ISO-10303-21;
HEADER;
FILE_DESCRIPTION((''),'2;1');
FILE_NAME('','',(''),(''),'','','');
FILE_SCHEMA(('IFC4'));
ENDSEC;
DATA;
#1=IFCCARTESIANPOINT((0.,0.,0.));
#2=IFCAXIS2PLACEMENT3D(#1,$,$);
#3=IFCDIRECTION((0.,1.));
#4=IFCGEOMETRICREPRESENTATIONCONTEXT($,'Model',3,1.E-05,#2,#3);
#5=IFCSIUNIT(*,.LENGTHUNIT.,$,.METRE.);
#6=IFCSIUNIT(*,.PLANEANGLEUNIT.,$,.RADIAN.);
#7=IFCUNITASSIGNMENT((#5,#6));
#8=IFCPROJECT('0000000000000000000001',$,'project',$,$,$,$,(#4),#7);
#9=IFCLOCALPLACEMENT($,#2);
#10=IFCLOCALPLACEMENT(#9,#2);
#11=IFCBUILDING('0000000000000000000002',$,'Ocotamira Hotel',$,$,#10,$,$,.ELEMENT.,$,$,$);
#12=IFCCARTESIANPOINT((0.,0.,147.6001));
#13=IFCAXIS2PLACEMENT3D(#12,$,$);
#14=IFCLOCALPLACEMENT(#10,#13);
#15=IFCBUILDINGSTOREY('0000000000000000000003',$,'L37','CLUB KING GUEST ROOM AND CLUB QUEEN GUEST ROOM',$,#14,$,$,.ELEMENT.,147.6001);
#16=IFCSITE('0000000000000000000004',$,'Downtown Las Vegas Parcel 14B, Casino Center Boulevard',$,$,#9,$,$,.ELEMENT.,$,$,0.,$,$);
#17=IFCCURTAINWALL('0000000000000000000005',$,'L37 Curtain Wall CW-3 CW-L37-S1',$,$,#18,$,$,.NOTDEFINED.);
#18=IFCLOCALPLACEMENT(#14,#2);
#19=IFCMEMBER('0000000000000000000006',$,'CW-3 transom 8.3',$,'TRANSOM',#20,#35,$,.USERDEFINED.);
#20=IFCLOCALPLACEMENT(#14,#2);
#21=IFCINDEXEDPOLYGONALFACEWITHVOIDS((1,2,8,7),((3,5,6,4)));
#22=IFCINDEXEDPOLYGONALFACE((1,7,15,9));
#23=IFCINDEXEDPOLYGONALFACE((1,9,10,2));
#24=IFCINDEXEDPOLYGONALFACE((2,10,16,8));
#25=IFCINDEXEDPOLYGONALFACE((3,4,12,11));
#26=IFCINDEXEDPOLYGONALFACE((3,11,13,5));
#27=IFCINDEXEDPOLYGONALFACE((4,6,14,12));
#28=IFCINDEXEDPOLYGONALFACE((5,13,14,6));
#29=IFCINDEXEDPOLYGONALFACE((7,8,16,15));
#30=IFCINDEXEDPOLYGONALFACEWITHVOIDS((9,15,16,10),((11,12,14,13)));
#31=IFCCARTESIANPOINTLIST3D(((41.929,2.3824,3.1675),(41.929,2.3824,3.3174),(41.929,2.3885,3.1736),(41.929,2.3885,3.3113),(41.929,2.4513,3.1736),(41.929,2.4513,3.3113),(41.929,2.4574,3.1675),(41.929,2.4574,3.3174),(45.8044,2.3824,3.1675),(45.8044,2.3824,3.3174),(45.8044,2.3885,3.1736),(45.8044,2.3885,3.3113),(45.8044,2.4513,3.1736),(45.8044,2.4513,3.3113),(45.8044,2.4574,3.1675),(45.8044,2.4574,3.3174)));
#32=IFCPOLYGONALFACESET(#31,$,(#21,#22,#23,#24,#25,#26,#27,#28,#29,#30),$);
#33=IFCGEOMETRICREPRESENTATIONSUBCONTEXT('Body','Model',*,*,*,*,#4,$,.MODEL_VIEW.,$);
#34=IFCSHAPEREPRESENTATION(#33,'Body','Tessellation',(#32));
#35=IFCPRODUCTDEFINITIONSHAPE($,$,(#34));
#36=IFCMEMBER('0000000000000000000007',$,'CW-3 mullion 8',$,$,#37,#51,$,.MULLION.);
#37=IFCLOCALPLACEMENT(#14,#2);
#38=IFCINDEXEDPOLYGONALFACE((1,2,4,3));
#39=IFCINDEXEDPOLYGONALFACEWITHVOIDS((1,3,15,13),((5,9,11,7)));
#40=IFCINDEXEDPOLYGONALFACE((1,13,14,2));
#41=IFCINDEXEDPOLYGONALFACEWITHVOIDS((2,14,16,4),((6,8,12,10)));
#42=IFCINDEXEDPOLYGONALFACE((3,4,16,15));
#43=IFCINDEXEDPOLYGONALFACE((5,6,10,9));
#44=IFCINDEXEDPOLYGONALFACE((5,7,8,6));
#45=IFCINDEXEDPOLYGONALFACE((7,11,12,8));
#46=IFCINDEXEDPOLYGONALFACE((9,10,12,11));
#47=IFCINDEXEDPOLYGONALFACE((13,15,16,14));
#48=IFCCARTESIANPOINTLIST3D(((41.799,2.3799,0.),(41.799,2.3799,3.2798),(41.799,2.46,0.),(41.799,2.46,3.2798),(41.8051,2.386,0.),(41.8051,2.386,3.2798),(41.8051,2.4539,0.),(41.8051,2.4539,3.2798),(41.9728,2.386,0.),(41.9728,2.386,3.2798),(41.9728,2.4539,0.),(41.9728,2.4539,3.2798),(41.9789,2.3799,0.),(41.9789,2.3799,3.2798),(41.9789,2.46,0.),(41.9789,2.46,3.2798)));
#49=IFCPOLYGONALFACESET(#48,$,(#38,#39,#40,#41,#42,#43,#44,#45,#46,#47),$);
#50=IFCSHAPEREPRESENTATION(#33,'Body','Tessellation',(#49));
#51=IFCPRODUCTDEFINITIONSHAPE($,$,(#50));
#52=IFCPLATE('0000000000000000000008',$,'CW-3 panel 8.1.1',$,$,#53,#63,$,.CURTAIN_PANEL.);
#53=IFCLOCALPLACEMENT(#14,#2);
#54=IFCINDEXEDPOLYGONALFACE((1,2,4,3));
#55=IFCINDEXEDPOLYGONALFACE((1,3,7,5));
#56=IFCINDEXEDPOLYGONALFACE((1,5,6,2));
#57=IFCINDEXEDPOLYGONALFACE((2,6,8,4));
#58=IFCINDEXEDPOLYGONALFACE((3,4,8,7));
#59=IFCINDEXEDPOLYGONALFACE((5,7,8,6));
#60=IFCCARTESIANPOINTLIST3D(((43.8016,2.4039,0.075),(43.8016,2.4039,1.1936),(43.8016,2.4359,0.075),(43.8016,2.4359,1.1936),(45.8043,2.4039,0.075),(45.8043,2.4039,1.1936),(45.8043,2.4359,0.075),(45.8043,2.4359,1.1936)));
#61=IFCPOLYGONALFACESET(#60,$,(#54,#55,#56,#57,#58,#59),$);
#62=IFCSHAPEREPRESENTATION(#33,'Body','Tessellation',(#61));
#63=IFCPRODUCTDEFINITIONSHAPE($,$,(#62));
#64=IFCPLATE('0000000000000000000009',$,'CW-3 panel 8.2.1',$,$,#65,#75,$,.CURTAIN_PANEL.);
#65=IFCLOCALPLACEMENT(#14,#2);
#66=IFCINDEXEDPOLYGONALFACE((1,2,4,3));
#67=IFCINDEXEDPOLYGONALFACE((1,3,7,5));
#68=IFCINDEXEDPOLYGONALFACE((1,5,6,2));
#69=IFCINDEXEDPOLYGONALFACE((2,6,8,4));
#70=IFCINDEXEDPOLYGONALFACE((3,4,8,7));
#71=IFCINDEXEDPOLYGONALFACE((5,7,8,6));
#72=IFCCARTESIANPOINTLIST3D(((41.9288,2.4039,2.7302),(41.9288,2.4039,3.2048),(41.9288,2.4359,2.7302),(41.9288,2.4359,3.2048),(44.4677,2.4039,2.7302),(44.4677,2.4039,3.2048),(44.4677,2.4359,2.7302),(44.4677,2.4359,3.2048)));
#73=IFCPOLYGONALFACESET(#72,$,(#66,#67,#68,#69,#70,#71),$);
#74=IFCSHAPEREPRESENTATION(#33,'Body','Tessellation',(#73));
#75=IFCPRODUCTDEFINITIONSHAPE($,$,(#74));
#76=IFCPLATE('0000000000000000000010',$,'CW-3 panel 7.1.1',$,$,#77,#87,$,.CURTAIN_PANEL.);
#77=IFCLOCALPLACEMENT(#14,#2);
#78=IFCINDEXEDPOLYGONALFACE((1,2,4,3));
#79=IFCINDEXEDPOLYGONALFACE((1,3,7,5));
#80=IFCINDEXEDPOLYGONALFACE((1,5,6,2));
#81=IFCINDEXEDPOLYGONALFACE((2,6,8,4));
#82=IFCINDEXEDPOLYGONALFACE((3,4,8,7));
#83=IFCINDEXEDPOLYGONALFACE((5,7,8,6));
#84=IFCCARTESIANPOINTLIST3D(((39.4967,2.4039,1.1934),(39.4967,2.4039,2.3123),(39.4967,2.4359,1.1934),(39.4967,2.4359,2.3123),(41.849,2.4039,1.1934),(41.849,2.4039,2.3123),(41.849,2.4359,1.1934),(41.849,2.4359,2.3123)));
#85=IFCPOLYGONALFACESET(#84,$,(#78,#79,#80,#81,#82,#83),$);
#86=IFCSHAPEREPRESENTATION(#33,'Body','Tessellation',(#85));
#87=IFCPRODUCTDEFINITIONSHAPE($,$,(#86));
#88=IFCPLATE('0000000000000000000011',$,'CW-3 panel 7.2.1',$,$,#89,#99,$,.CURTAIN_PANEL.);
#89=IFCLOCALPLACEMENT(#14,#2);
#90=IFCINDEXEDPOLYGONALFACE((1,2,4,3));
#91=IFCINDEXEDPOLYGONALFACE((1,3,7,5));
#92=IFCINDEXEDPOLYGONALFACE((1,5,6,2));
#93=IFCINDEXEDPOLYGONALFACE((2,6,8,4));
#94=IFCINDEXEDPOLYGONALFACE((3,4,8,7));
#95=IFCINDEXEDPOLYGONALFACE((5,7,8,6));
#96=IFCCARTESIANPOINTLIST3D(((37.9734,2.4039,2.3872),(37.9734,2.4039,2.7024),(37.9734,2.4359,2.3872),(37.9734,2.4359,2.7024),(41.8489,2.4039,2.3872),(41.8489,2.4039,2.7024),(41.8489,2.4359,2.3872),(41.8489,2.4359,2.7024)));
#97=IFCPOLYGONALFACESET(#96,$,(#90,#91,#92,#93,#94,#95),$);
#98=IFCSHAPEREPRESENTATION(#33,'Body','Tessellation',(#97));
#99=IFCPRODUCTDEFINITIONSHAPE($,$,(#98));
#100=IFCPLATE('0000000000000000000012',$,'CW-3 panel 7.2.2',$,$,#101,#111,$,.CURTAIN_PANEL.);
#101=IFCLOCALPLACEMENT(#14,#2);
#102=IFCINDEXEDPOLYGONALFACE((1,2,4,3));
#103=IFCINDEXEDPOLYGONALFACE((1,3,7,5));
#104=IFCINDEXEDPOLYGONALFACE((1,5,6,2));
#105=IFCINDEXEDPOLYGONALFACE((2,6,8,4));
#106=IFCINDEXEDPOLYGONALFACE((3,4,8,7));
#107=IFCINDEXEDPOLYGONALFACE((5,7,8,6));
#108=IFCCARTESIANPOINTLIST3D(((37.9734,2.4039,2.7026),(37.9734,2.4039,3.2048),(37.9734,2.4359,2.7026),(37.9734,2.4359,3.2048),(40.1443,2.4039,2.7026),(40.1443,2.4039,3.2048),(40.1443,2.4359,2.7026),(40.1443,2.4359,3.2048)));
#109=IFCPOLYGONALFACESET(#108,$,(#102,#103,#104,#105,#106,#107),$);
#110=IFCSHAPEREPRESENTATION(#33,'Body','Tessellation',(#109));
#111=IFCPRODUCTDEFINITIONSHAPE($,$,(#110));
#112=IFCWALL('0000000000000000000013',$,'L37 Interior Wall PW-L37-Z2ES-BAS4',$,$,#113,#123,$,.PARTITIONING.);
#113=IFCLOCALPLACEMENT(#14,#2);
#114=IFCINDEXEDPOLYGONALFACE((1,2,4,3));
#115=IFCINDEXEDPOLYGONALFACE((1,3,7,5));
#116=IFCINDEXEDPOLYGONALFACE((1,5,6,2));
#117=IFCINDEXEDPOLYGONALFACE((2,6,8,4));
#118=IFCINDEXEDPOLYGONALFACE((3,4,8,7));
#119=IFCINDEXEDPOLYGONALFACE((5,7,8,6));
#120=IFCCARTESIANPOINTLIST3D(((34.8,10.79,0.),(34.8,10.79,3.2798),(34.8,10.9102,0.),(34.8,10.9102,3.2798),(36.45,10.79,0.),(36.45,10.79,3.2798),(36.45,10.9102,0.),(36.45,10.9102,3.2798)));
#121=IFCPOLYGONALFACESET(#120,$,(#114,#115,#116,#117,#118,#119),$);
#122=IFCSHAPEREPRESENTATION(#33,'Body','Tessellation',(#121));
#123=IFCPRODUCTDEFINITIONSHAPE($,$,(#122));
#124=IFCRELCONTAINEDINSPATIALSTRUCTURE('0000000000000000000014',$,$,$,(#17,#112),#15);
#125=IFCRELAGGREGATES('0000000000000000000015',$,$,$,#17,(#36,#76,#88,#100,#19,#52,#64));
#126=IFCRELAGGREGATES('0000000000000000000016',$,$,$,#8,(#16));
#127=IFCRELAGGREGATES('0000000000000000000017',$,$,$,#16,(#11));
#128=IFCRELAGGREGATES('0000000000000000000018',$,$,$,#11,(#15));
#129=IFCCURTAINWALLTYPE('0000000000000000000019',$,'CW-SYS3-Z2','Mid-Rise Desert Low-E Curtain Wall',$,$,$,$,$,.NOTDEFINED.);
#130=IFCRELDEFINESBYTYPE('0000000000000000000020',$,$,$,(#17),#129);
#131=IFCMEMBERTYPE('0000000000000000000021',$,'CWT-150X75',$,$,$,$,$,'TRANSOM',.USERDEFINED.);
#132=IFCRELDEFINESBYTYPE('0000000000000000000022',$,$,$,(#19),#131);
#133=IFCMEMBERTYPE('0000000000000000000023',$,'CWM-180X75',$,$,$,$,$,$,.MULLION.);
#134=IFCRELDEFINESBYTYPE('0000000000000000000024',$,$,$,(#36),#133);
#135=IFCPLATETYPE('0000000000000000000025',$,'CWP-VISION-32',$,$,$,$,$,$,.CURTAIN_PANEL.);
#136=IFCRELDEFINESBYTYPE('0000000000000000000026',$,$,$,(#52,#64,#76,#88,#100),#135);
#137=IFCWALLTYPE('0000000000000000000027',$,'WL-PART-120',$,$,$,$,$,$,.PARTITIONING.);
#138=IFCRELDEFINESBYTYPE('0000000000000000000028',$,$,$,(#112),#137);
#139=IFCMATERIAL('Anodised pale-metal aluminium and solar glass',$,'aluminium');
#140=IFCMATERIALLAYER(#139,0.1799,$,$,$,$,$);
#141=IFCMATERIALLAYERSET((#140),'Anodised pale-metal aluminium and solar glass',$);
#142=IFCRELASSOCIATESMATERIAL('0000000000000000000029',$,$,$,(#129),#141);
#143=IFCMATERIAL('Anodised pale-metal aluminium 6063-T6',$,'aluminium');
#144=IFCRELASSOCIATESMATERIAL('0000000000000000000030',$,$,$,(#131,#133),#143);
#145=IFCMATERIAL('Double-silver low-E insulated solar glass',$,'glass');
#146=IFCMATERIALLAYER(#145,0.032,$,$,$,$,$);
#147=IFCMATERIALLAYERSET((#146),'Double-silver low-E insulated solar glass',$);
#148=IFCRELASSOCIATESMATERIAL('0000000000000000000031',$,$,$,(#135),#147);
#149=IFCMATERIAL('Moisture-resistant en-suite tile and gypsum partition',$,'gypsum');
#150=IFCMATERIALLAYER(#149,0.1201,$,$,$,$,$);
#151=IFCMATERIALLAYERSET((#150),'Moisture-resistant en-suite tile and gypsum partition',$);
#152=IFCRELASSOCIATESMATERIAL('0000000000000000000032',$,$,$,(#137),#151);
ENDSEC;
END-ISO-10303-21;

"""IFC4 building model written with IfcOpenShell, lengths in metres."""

from ifc_helpers import new_model, si_unit, direction, frame, frame_2d, origin, origin_2d, place, context, subcontext, project, spatial, rectangle, hollow_rectangle, extrude, source, transform, mapped, material, layer, layer_set, material_profile, profile_set, type_object, element, aggregate, save


model = new_model("IFC4")

# Units and contexts
model_context = context("Model", 3, precision=1e-05, world=origin(), true_north=direction((0.0, 1.0)))
body_context = subcontext(model_context, "Body", "Model", "MODEL_VIEW")
ifc_project = project(units=[si_unit("LENGTHUNIT", "METRE"), si_unit("PLANEANGLEUNIT", "RADIAN")], contexts=[model_context])

# Site, building, storey
site_placement = place(None, origin())
site = spatial("IfcSite", under=ifc_project, at=site_placement, Name="Downtown Las Vegas Parcel 14B, Casino Center Boulevard", CompositionType="ELEMENT", RefElevation=0.0)
building_placement = place(site_placement, origin())
building = spatial("IfcBuilding", under=site, at=building_placement, Name="Ocotamira Hotel", CompositionType="ELEMENT")
storey_placement = place(building_placement, frame((0.0, 0.0, 147.6001)))
storey = spatial("IfcBuildingStorey", under=building, at=storey_placement, Name="L37", Description="CLUB KING GUEST ROOM AND CLUB QUEEN GUEST ROOM", CompositionType="ELEMENT", Elevation=147.6001)

# Curtain wall, members, plates
ifc_material_1 = material(Name="Anodised pale-metal aluminium and solar glass", Category="aluminium")
ifc_layer_1 = layer(ifc_material_1, 0.1799)
ifc_layer_set_1 = layer_set([ifc_layer_1], Name="Anodised pale-metal aluminium and solar glass")
curtain_wall_type = type_object("IfcCurtainWallType", Name="CW-SYS3-Z2", Description="Mid-Rise Desert Low-E Curtain Wall", PredefinedType="NOTDEFINED", material=ifc_layer_set_1)
curtain_wall_placement = place(storey_placement, origin())
curtain_wall = element("IfcCurtainWall", 1, at=curtain_wall_placement, inside=storey, type_object=curtain_wall_type, Name="L37 Curtain Wall CW-3 CW-L37-S1", PredefinedType="NOTDEFINED")
ifc_material_2 = material(Name="Anodised pale-metal aluminium 6063-T6", Category="aluminium")
ifc_material_profile_1 = material_profile(ifc_material_2, hollow_rectangle(XDim=0.075, YDim=0.1499, WallThickness=0.0061, at=origin_2d()), Name="HSS150X75X6")
ifc_profile_set_1 = profile_set([ifc_material_profile_1], Name="Anodised pale-metal aluminium 6063-T6")
member_type_1 = type_object("IfcMemberType", Name="CWT-150X75", ElementType="TRANSOM", PredefinedType="USERDEFINED", material=ifc_profile_set_1)
shared_shape_1 = source(origin(), body_context, "Body", "SweptSolid", [
    extrude(hollow_rectangle(XDim=0.075, YDim=0.1499, WallThickness=0.0061, at=origin_2d()), origin(), (0.0, 0.0, 1.0), 3.8755),
])
member_1_placement = place(storey_placement, frame((41.929, 2.4199, 3.2424), z_axis=(1.0, 0.0, 0.0), x_axis=(0.0, 1.0, 0.0)))
member_1 = element("IfcMember", 2, at=member_1_placement, type_object=member_type_1, Name="CW-3 transom 8.3", ObjectType="TRANSOM", PredefinedType="USERDEFINED", context=body_context, shape_type="MappedRepresentation", body=[
    mapped(shared_shape_1, transform((0.0, 0.0, 0.0), scale=1.0)),
])
ifc_material_profile_2 = material_profile(ifc_material_2, hollow_rectangle(XDim=0.0801, YDim=0.1799, WallThickness=0.0061, at=origin_2d()), Name="HSS180X80X6")
ifc_profile_set_2 = profile_set([ifc_material_profile_2], Name="Anodised pale-metal aluminium 6063-T6")
member_type_2 = type_object("IfcMemberType", Name="CWM-180X75", PredefinedType="MULLION", material=ifc_profile_set_2)
shared_shape_2 = source(origin(), body_context, "Body", "SweptSolid", [
    extrude(hollow_rectangle(XDim=0.0801, YDim=0.1799, WallThickness=0.0061, at=origin_2d()), origin(), (0.0, 0.0, 1.0), 3.2798),
])
member_2_placement = place(storey_placement, frame((41.8889, 2.4199, 0.0), z_axis=(0.0, 0.0, 1.0), x_axis=(0.0, 1.0, 0.0)))
member_2 = element("IfcMember", 3, at=member_2_placement, type_object=member_type_2, Name="CW-3 mullion 8", PredefinedType="MULLION", context=body_context, shape_type="MappedRepresentation", body=[
    mapped(shared_shape_2, transform((0.0, 0.0, 0.0), scale=1.0)),
])
ifc_material_3 = material(Name="Double-silver low-E insulated solar glass", Category="glass")
ifc_layer_2 = layer(ifc_material_3, 0.032)
ifc_layer_set_2 = layer_set([ifc_layer_2], Name="Double-silver low-E insulated solar glass")
plate_type = type_object("IfcPlateType", Name="CWP-VISION-32", PredefinedType="CURTAIN_PANEL", material=ifc_layer_set_2)
shared_shape_3 = source(origin(), body_context, "Body", "SweptSolid", [
    extrude(rectangle(XDim=2.0027, YDim=0.032, at=origin_2d()), origin(), (0.0, 0.0, 1.0), 1.1187),
])
plate_1_placement = place(storey_placement, frame((44.803, 2.4199, 0.075), z_axis=(0.0, 0.0, 1.0), x_axis=(1.0, 0.0, 0.0)))
plate_1 = element("IfcPlate", 4, at=plate_1_placement, type_object=plate_type, Name="CW-3 panel 8.1.1", PredefinedType="CURTAIN_PANEL", context=body_context, shape_type="MappedRepresentation", body=[
    mapped(shared_shape_3, transform((0.0, 0.0, 0.0), scale=1.0)),
])
shared_shape_4 = source(origin(), body_context, "Body", "SweptSolid", [
    extrude(rectangle(XDim=2.5388, YDim=0.032, at=origin_2d()), origin(), (0.0, 0.0, 1.0), 0.4746),
])
plate_2_placement = place(storey_placement, frame((43.1982, 2.4199, 2.7302), z_axis=(0.0, 0.0, 1.0), x_axis=(1.0, 0.0, 0.0)))
plate_2 = element("IfcPlate", 5, at=plate_2_placement, type_object=plate_type, Name="CW-3 panel 8.2.1", PredefinedType="CURTAIN_PANEL", context=body_context, shape_type="MappedRepresentation", body=[
    mapped(shared_shape_4, transform((0.0, 0.0, 0.0), scale=1.0)),
])
shared_shape_5 = source(origin(), body_context, "Body", "SweptSolid", [
    extrude(rectangle(XDim=2.3523, YDim=0.032, at=origin_2d()), origin(), (0.0, 0.0, 1.0), 1.1189),
])
plate_3_placement = place(storey_placement, frame((40.6729, 2.4199, 1.1934), z_axis=(0.0, 0.0, 1.0), x_axis=(1.0, 0.0, 0.0)))
plate_3 = element("IfcPlate", 6, at=plate_3_placement, type_object=plate_type, Name="CW-3 panel 7.1.1", PredefinedType="CURTAIN_PANEL", context=body_context, shape_type="MappedRepresentation", body=[
    mapped(shared_shape_5, transform((0.0, 0.0, 0.0), scale=1.0)),
])
shared_shape_6 = source(origin(), body_context, "Body", "SweptSolid", [
    extrude(rectangle(XDim=3.8755, YDim=0.032, at=origin_2d()), origin(), (0.0, 0.0, 1.0), 0.3152),
])
plate_4_placement = place(storey_placement, frame((39.9111, 2.4199, 2.3872), z_axis=(0.0, 0.0, 1.0), x_axis=(1.0, 0.0, 0.0)))
plate_4 = element("IfcPlate", 7, at=plate_4_placement, type_object=plate_type, Name="CW-3 panel 7.2.1", PredefinedType="CURTAIN_PANEL", context=body_context, shape_type="MappedRepresentation", body=[
    mapped(shared_shape_6, transform((0.0, 0.0, 0.0), scale=1.0)),
])
shared_shape_7 = source(origin(), body_context, "Body", "SweptSolid", [
    extrude(rectangle(XDim=2.1709, YDim=0.032, at=origin_2d()), origin(), (0.0, 0.0, 1.0), 0.5022),
])
plate_5_placement = place(storey_placement, frame((39.0588, 2.4199, 2.7026), z_axis=(0.0, 0.0, 1.0), x_axis=(1.0, 0.0, 0.0)))
plate_5 = element("IfcPlate", 8, at=plate_5_placement, type_object=plate_type, Name="CW-3 panel 7.2.2", PredefinedType="CURTAIN_PANEL", context=body_context, shape_type="MappedRepresentation", body=[
    mapped(shared_shape_7, transform((0.0, 0.0, 0.0), scale=1.0)),
])
aggregate(curtain_wall, [member_2, plate_3, plate_4, plate_5, member_1, plate_1, plate_2])

# Wall
ifc_material_4 = material(Name="Moisture-resistant en-suite tile and gypsum partition", Category="gypsum")
ifc_layer_3 = layer(ifc_material_4, 0.1201)
ifc_layer_set_3 = layer_set([ifc_layer_3], Name="Moisture-resistant en-suite tile and gypsum partition")
wall_type = type_object("IfcWallType", Name="WL-PART-120", PredefinedType="PARTITIONING", material=ifc_layer_set_3)
wall_placement = place(storey_placement, frame((34.8, 10.8501, 0.0), z_axis=(0.0, 0.0, 1.0), x_axis=(1.0, 0.0, 0.0)))
element("IfcWall", 9, at=wall_placement, inside=storey, type_object=wall_type, Name="L37 Interior Wall PW-L37-Z2ES-BAS4", PredefinedType="PARTITIONING", context=body_context, shape_type="SweptSolid", body=[
    extrude(rectangle(XDim=1.6499, YDim=0.1201, at=frame_2d((0.825, 0.0))), origin(), (0.0, 0.0, 1.0), 3.2798),
])

save(model, "model.ifc")
